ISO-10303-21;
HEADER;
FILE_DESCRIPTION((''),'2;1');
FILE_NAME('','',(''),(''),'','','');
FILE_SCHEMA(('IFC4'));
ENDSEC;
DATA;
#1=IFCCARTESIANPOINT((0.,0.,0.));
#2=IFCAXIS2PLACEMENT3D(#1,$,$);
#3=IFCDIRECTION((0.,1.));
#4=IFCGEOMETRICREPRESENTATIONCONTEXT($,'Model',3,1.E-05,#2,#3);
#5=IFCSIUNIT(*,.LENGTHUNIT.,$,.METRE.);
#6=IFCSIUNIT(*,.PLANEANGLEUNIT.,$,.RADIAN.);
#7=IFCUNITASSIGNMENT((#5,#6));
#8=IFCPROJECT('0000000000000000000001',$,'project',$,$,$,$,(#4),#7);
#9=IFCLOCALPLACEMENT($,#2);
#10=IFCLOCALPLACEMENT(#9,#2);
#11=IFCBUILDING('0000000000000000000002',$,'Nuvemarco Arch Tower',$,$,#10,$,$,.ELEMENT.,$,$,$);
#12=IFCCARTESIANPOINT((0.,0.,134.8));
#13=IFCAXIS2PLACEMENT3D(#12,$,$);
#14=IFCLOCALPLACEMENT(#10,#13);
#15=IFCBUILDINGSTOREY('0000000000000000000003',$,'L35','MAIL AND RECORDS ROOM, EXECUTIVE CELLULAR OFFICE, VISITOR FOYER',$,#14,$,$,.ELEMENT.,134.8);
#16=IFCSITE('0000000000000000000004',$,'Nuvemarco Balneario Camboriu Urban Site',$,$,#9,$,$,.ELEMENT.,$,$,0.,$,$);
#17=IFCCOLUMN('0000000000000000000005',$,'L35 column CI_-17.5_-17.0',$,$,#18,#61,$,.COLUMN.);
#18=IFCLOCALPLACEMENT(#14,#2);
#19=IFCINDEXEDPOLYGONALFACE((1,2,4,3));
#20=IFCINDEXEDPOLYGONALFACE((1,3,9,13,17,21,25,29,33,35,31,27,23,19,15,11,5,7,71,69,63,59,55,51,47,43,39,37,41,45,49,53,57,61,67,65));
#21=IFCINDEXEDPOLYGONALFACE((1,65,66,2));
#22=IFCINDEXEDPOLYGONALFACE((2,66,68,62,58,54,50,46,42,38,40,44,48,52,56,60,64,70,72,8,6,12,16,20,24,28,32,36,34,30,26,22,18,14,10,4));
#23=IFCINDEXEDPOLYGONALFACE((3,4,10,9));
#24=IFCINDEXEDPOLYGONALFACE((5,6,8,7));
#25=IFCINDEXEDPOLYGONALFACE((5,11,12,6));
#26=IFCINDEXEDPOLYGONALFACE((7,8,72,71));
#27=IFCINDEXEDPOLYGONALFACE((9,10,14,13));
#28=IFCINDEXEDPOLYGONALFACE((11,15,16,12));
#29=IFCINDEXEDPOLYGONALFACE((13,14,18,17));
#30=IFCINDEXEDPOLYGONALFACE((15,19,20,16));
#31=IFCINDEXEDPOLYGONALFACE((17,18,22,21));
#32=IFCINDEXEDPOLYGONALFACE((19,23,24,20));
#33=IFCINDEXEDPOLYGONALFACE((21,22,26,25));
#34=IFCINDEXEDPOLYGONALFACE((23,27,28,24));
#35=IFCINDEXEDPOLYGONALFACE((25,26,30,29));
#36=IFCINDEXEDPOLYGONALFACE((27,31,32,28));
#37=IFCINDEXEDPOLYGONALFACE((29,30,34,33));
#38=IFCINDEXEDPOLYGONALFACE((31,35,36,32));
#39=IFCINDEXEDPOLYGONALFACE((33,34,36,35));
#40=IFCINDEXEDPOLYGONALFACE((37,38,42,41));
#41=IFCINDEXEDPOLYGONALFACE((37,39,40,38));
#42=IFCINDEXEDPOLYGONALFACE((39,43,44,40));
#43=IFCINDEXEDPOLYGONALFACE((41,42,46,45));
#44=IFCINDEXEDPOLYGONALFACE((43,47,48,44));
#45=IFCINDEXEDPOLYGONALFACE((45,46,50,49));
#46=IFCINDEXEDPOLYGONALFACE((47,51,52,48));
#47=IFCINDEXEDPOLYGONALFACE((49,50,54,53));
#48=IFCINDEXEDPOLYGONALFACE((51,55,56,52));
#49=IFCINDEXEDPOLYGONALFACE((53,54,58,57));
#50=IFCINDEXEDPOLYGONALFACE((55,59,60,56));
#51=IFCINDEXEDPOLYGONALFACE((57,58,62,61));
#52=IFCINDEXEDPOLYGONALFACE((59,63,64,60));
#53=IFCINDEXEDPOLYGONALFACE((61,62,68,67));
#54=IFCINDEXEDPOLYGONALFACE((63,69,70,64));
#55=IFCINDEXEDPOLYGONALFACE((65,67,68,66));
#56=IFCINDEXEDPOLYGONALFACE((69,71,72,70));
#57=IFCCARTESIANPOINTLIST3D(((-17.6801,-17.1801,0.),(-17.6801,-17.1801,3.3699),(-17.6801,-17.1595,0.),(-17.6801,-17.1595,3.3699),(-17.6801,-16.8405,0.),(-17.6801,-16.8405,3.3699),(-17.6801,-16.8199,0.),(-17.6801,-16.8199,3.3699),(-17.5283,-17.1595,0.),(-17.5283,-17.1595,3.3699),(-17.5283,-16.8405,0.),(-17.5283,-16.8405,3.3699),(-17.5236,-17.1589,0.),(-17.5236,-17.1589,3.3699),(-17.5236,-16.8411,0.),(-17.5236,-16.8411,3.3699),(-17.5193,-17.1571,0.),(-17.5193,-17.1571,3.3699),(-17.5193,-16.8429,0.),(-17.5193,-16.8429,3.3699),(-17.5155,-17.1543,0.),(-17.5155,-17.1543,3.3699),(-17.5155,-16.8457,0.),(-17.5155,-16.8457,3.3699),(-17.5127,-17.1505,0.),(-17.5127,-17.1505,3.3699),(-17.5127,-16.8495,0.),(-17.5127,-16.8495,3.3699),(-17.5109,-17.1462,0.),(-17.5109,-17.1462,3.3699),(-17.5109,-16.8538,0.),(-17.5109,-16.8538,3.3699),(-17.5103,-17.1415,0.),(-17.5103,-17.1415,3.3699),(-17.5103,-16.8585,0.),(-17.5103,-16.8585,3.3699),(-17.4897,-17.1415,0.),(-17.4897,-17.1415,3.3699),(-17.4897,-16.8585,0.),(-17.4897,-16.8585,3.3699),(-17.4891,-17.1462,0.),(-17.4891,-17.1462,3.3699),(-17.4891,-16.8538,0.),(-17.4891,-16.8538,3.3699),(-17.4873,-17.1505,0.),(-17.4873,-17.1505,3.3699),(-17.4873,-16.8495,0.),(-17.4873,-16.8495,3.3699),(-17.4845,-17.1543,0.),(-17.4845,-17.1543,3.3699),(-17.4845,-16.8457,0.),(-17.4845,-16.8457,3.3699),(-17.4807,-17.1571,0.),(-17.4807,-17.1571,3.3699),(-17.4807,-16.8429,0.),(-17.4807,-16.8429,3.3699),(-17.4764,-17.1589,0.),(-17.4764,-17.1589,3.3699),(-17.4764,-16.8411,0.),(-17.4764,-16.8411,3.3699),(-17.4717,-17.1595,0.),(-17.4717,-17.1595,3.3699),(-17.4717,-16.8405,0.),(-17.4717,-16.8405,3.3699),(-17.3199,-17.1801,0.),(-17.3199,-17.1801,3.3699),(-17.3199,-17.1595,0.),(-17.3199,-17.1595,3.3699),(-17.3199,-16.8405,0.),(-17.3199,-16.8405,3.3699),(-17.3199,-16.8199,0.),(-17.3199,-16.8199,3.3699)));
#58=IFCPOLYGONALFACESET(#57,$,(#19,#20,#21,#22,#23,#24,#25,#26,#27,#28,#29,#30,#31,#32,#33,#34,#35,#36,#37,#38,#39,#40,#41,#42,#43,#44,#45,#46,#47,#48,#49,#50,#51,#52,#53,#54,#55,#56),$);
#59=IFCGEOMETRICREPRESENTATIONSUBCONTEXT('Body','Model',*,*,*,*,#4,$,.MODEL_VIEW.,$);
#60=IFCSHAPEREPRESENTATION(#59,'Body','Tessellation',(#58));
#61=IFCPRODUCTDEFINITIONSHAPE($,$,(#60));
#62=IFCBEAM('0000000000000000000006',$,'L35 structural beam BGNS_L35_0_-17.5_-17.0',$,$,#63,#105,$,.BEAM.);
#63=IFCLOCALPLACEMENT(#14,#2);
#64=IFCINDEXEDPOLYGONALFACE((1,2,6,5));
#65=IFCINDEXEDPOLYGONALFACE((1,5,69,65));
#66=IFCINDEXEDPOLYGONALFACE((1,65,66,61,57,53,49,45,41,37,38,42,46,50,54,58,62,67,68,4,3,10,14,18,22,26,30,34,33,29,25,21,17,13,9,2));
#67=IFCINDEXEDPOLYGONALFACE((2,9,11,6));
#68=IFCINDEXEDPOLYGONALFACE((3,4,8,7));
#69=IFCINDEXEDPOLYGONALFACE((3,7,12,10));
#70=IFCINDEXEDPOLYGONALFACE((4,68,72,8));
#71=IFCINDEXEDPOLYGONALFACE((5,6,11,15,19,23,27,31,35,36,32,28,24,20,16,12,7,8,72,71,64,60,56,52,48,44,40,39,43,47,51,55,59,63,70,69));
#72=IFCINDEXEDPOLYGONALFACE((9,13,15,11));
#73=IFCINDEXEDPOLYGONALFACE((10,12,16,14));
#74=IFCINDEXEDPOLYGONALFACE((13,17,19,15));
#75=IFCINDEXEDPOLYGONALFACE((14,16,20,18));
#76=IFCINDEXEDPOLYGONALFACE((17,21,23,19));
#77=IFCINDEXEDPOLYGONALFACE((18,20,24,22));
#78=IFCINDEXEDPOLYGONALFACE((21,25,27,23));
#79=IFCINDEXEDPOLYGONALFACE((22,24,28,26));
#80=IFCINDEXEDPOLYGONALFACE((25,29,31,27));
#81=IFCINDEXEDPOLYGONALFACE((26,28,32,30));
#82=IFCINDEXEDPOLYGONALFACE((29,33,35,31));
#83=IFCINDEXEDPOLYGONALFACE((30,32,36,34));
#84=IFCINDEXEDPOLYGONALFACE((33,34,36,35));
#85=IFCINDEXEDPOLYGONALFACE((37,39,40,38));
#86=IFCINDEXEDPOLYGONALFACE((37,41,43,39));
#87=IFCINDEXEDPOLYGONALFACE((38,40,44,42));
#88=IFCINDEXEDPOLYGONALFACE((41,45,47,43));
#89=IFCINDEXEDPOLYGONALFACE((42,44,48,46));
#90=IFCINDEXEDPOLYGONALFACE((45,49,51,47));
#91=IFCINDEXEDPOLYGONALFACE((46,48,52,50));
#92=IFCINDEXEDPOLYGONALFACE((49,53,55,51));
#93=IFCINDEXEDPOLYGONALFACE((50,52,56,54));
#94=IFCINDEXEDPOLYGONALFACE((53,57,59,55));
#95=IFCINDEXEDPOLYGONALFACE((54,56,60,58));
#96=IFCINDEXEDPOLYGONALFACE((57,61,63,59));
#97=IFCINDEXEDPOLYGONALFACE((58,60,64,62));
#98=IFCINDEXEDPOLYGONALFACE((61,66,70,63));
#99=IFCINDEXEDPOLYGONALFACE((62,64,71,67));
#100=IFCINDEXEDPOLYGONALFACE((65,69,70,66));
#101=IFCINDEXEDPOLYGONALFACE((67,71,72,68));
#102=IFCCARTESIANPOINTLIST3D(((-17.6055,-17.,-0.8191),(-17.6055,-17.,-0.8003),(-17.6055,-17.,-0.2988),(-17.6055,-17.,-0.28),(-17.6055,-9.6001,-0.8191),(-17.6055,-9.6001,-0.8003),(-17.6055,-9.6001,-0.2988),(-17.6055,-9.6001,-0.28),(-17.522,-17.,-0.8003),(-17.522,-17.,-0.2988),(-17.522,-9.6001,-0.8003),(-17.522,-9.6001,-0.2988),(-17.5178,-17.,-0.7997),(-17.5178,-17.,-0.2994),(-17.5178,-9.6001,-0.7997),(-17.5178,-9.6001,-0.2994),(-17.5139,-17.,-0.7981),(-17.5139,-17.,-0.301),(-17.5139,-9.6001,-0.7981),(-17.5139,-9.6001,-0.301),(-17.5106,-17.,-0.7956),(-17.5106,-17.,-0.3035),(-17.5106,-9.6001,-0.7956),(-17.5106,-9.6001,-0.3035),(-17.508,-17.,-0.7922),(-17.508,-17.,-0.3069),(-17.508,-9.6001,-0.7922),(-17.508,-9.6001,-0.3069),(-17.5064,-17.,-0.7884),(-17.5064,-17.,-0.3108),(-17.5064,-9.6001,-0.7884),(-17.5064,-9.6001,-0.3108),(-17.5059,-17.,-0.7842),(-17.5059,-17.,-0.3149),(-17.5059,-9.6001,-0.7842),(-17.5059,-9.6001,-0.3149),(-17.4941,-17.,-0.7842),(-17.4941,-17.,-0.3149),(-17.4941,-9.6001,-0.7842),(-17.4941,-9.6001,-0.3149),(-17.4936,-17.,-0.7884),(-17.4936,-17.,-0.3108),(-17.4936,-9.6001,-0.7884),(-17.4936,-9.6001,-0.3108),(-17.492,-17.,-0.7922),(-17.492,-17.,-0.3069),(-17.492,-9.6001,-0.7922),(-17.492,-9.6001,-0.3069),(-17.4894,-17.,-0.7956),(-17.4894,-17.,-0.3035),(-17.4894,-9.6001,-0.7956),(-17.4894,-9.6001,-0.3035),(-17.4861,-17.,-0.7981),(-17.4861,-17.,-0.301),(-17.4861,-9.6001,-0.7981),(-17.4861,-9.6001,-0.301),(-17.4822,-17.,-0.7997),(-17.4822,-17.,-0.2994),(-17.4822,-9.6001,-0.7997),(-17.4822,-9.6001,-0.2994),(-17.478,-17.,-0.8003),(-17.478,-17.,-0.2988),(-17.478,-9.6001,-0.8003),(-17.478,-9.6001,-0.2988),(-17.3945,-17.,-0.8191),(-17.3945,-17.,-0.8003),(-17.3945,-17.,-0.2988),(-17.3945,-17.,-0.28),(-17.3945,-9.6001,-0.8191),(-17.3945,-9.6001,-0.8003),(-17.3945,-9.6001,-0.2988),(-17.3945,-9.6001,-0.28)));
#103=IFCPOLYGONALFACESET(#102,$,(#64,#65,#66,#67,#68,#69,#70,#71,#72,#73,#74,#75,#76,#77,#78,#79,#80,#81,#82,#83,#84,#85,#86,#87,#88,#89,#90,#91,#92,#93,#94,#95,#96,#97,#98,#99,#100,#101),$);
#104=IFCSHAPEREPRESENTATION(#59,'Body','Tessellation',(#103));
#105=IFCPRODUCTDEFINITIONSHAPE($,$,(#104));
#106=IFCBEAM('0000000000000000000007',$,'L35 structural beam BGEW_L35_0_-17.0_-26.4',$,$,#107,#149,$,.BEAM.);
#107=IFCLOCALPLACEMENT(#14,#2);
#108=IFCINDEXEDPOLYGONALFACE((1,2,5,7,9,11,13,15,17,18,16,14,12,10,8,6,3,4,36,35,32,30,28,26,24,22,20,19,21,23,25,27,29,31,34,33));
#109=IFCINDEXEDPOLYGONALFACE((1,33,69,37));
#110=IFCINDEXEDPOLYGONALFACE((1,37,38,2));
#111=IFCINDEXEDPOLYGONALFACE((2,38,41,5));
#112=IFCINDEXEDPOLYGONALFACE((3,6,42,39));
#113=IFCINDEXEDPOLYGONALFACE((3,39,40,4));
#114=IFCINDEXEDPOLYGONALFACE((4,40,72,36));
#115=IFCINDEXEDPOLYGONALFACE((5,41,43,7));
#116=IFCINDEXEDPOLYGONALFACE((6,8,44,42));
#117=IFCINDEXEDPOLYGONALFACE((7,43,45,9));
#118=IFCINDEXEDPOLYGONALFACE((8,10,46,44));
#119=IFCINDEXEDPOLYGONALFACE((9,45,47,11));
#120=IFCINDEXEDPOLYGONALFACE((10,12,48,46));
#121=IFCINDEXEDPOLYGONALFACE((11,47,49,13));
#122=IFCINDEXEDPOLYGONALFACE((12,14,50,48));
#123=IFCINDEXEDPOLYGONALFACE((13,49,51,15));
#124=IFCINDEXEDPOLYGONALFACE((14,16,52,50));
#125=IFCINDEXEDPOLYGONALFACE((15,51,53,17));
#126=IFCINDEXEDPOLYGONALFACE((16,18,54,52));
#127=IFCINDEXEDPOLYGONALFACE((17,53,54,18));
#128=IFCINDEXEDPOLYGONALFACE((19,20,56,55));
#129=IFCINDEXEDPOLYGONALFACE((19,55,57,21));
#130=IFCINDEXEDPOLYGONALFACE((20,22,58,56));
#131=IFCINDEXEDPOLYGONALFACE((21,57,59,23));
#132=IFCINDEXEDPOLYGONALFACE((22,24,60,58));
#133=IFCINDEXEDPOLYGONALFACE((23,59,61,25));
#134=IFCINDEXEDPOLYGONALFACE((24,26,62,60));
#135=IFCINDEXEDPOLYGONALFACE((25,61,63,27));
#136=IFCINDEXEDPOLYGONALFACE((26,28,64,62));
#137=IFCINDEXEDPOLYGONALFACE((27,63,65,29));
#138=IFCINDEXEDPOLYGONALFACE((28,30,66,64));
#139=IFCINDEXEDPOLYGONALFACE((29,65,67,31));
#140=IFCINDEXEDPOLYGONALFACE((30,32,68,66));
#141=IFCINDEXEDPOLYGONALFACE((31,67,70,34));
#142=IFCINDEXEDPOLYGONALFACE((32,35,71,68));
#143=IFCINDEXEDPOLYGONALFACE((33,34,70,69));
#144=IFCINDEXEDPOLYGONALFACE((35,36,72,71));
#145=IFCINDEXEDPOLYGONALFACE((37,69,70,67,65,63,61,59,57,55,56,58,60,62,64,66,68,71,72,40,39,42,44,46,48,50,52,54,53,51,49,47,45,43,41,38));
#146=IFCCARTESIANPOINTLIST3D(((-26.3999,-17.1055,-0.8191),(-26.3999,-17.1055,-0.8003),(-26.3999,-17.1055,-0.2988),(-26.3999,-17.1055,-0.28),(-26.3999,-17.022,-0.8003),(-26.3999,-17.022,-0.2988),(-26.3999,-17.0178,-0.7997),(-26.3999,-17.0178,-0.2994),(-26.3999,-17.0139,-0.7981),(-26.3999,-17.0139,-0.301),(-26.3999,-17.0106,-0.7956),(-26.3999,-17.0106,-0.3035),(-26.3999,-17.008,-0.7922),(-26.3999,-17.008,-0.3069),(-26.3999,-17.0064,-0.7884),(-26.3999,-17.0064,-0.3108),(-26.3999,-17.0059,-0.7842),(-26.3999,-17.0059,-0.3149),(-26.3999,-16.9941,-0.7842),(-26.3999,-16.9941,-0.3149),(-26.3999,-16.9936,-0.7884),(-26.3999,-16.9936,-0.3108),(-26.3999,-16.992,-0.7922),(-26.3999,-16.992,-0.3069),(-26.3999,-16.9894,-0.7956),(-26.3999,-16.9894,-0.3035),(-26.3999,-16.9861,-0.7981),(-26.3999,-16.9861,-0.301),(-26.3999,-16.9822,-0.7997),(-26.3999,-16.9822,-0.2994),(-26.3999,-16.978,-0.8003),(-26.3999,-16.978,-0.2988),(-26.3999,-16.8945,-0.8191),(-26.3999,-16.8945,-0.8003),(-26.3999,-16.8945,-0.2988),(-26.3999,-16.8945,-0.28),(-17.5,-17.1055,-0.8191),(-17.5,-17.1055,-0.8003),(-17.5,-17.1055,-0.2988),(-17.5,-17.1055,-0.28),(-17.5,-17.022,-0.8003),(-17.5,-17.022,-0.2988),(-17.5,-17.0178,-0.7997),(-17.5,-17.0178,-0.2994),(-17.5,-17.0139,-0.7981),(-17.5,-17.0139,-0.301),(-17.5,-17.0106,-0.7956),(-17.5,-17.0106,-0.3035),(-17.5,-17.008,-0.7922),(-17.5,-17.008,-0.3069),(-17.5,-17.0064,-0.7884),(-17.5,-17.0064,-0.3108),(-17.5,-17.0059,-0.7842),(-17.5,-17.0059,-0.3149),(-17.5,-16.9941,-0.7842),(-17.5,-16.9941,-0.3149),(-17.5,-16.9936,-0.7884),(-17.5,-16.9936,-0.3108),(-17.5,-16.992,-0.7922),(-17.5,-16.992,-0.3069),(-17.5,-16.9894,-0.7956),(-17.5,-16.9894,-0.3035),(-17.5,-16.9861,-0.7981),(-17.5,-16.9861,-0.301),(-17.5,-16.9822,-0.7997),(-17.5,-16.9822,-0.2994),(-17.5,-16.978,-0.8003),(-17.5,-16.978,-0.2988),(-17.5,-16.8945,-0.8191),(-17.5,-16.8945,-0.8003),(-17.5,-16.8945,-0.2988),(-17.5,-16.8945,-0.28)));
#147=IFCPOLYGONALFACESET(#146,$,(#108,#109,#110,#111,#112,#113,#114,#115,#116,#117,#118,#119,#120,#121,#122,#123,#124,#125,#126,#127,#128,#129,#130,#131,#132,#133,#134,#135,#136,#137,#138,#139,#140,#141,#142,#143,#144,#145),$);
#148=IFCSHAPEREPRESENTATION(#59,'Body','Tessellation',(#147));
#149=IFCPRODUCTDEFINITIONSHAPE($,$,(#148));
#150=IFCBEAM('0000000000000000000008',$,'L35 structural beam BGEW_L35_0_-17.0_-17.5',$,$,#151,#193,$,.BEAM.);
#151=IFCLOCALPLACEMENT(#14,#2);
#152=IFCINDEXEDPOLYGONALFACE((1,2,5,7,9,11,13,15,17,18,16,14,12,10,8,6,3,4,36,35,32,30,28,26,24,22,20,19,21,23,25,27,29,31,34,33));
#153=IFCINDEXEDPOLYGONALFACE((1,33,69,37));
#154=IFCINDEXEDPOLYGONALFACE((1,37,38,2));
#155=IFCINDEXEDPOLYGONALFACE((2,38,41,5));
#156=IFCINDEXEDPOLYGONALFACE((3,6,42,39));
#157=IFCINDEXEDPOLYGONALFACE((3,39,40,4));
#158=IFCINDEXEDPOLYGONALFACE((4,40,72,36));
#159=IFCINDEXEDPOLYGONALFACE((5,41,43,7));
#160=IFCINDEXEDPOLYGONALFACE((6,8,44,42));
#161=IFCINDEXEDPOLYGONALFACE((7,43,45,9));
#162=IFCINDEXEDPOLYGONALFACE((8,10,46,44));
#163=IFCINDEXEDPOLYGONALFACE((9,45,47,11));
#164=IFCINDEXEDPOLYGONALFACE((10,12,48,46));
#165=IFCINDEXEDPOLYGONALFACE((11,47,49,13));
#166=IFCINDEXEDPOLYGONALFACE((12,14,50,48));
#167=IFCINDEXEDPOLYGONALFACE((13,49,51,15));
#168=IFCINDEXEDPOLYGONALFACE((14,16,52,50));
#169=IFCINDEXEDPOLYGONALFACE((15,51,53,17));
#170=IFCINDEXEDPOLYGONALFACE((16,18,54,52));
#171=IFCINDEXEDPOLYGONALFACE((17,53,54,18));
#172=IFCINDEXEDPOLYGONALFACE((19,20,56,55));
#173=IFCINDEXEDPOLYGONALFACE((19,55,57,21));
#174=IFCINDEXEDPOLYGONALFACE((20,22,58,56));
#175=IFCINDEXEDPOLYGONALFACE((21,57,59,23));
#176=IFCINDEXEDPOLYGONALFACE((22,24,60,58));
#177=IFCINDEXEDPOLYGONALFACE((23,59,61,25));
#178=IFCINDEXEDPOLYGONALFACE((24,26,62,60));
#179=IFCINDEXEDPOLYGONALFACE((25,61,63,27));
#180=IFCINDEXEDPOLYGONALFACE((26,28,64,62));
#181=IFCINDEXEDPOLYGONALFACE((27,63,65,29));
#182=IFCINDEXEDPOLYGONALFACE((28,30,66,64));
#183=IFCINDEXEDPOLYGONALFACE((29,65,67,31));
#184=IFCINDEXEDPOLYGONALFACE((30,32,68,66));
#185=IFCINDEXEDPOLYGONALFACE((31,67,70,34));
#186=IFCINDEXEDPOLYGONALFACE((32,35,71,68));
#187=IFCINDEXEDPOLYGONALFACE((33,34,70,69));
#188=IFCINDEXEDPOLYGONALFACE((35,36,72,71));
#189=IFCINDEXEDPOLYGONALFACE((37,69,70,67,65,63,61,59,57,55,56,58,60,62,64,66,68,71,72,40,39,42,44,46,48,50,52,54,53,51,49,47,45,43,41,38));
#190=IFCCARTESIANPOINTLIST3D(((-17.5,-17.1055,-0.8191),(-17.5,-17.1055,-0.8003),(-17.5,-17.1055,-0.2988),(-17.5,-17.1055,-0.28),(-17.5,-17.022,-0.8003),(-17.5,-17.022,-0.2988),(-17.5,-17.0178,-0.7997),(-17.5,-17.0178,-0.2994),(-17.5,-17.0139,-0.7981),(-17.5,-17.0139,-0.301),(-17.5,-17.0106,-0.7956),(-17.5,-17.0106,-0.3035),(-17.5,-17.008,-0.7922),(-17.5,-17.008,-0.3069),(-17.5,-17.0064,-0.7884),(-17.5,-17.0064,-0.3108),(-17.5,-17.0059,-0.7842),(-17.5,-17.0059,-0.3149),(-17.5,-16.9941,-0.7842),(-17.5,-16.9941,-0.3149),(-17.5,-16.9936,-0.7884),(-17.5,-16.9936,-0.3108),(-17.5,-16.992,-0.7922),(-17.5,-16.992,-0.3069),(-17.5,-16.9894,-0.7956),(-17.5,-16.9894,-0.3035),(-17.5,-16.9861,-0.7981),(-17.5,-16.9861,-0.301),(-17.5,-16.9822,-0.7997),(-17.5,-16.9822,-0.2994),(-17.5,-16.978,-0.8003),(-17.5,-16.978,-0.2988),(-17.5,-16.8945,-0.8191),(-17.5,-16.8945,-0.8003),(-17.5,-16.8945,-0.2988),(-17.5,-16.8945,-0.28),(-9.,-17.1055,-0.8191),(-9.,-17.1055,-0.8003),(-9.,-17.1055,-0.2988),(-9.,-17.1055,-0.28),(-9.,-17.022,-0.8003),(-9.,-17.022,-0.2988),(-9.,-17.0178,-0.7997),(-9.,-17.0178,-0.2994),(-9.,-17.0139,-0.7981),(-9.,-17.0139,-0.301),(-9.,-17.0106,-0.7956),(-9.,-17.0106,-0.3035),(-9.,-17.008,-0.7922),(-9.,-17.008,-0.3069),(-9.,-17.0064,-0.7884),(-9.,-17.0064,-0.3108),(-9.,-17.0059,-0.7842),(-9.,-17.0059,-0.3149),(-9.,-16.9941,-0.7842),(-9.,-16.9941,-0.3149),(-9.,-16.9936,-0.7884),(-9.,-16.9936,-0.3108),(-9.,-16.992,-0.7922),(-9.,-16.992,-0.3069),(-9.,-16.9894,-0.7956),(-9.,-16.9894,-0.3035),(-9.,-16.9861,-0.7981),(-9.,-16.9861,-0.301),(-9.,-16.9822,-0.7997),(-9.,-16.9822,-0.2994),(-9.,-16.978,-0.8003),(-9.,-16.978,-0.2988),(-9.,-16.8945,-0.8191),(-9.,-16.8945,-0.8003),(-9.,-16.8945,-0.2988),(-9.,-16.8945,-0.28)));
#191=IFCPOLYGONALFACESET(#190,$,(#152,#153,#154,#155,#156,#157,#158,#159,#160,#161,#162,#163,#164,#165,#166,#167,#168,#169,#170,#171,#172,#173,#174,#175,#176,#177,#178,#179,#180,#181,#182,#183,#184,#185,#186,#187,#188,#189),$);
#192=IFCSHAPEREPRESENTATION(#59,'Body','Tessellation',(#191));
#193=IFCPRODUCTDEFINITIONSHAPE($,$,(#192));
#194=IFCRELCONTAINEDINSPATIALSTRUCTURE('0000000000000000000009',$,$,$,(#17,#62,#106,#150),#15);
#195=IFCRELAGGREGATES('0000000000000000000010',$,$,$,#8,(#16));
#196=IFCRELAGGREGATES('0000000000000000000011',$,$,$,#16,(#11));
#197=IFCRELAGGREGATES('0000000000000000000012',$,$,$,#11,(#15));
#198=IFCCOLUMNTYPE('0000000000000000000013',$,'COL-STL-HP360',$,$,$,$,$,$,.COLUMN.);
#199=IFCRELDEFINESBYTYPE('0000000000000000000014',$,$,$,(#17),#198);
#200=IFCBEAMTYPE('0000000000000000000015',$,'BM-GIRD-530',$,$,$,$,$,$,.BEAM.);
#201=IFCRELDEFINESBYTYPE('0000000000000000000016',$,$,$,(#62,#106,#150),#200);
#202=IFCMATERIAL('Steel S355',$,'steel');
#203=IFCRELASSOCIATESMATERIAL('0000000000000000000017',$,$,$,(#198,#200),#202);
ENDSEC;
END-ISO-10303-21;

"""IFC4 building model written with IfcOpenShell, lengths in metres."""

from ifc_helpers import new_model, si_unit, direction, frame, origin, origin_2d, place, context, subcontext, project, spatial, i_section, extrude, material, material_profile, profile_set, type_object, element, save


model = new_model("IFC4")

# Units and contexts
model_context = context("Model", 3, precision=1e-05, world=origin(), true_north=direction((0.0, 1.0)))
body_context = subcontext(model_context, "Body", "Model", "MODEL_VIEW")
ifc_project = project(units=[si_unit("LENGTHUNIT", "METRE"), si_unit("PLANEANGLEUNIT", "RADIAN")], contexts=[model_context])

# Site, building, storey
site_placement = place(None, origin())
site = spatial("IfcSite", under=ifc_project, at=site_placement, Name="Nuvemarco Balneario Camboriu Urban Site", CompositionType="ELEMENT", RefElevation=0.0)
building_placement = place(site_placement, origin())
building = spatial("IfcBuilding", under=site, at=building_placement, Name="Nuvemarco Arch Tower", CompositionType="ELEMENT")
storey_placement = place(building_placement, frame((0.0, 0.0, 134.8)))
storey = spatial("IfcBuildingStorey", under=building, at=storey_placement, Name="L35", Description="MAIL AND RECORDS ROOM, EXECUTIVE CELLULAR OFFICE, VISITOR FOYER", CompositionType="ELEMENT", Elevation=134.8)

# Column
ifc_material_1 = material(Name="Steel S355", Category="steel")
ifc_material_profile_1 = material_profile(ifc_material_1, i_section(OverallWidth=0.3601, OverallDepth=0.3601, WebThickness=0.0205, FlangeThickness=0.0205, FilletRadius=0.0181, at=origin_2d()), Name="HP360x174")
ifc_profile_set_1 = profile_set([ifc_material_profile_1], Name="Steel S355")
column_type = type_object("IfcColumnType", Name="COL-STL-HP360", PredefinedType="COLUMN", material=ifc_profile_set_1)
column_placement = place(storey_placement, frame((-17.5, -17.0, 0.0), z_axis=(0.0, 0.0, 1.0), x_axis=(1.0, 0.0, 0.0)))
element("IfcColumn", 1, at=column_placement, inside=storey, type_object=column_type, Name="L35 column CI_-17.5_-17.0", PredefinedType="COLUMN", context=body_context, shape_type="SweptSolid", body=[
    extrude(i_section(OverallWidth=0.3601, OverallDepth=0.3601, WebThickness=0.0205, FlangeThickness=0.0205, FilletRadius=0.0181, at=origin_2d()), origin(), (0.0, 0.0, 1.0), 3.3699),
])

# Beams
ifc_material_profile_2 = material_profile(ifc_material_1, i_section(OverallWidth=0.2109, OverallDepth=0.5391, WebThickness=0.0117, FlangeThickness=0.0188, FilletRadius=0.0161, at=origin_2d()), Name="W530x109")
ifc_profile_set_2 = profile_set([ifc_material_profile_2], Name="Steel S355")
beam_type_1 = type_object("IfcBeamType", Name="BM-GIRD-530", PredefinedType="BEAM", material=ifc_profile_set_2)
beam_1_placement = place(storey_placement, frame((-17.5, -17.0, -0.5496), z_axis=(0.0, 1.0, 0.0), x_axis=(-1.0, 0.0, 0.0)))
element("IfcBeam", 2, at=beam_1_placement, inside=storey, type_object=beam_type_1, Name="L35 structural beam BGNS_L35_0_-17.5_-17.0", PredefinedType="BEAM", context=body_context, shape_type="SweptSolid", body=[
    extrude(i_section(OverallWidth=0.2109, OverallDepth=0.5391, WebThickness=0.0117, FlangeThickness=0.0188, FilletRadius=0.0161, at=origin_2d()), origin(), (0.0, 0.0, 1.0), 7.3999),
])
beam_2_placement = place(storey_placement, frame((-26.3999, -17.0, -0.5496), z_axis=(1.0, 0.0, 0.0), x_axis=(0.0, 1.0, 0.0)))
element("IfcBeam", 3, at=beam_2_placement, inside=storey, type_object=beam_type_1, Name="L35 structural beam BGEW_L35_0_-17.0_-26.4", PredefinedType="BEAM", context=body_context, shape_type="SweptSolid", body=[
    extrude(i_section(OverallWidth=0.2109, OverallDepth=0.5391, WebThickness=0.0117, FlangeThickness=0.0188, FilletRadius=0.0161, at=origin_2d()), origin(), (0.0, 0.0, 1.0), 8.8999),
])
beam_3_placement = place(storey_placement, frame((-17.5, -17.0, -0.5496), z_axis=(1.0, 0.0, 0.0), x_axis=(0.0, 1.0, 0.0)))
element("IfcBeam", 4, at=beam_3_placement, inside=storey, type_object=beam_type_1, Name="L35 structural beam BGEW_L35_0_-17.0_-17.5", PredefinedType="BEAM", context=body_context, shape_type="SweptSolid", body=[
    extrude(i_section(OverallWidth=0.2109, OverallDepth=0.5391, WebThickness=0.0117, FlangeThickness=0.0188, FilletRadius=0.0161, at=origin_2d()), origin(), (0.0, 0.0, 1.0), 8.5),
])

save(model, "model.ifc")
